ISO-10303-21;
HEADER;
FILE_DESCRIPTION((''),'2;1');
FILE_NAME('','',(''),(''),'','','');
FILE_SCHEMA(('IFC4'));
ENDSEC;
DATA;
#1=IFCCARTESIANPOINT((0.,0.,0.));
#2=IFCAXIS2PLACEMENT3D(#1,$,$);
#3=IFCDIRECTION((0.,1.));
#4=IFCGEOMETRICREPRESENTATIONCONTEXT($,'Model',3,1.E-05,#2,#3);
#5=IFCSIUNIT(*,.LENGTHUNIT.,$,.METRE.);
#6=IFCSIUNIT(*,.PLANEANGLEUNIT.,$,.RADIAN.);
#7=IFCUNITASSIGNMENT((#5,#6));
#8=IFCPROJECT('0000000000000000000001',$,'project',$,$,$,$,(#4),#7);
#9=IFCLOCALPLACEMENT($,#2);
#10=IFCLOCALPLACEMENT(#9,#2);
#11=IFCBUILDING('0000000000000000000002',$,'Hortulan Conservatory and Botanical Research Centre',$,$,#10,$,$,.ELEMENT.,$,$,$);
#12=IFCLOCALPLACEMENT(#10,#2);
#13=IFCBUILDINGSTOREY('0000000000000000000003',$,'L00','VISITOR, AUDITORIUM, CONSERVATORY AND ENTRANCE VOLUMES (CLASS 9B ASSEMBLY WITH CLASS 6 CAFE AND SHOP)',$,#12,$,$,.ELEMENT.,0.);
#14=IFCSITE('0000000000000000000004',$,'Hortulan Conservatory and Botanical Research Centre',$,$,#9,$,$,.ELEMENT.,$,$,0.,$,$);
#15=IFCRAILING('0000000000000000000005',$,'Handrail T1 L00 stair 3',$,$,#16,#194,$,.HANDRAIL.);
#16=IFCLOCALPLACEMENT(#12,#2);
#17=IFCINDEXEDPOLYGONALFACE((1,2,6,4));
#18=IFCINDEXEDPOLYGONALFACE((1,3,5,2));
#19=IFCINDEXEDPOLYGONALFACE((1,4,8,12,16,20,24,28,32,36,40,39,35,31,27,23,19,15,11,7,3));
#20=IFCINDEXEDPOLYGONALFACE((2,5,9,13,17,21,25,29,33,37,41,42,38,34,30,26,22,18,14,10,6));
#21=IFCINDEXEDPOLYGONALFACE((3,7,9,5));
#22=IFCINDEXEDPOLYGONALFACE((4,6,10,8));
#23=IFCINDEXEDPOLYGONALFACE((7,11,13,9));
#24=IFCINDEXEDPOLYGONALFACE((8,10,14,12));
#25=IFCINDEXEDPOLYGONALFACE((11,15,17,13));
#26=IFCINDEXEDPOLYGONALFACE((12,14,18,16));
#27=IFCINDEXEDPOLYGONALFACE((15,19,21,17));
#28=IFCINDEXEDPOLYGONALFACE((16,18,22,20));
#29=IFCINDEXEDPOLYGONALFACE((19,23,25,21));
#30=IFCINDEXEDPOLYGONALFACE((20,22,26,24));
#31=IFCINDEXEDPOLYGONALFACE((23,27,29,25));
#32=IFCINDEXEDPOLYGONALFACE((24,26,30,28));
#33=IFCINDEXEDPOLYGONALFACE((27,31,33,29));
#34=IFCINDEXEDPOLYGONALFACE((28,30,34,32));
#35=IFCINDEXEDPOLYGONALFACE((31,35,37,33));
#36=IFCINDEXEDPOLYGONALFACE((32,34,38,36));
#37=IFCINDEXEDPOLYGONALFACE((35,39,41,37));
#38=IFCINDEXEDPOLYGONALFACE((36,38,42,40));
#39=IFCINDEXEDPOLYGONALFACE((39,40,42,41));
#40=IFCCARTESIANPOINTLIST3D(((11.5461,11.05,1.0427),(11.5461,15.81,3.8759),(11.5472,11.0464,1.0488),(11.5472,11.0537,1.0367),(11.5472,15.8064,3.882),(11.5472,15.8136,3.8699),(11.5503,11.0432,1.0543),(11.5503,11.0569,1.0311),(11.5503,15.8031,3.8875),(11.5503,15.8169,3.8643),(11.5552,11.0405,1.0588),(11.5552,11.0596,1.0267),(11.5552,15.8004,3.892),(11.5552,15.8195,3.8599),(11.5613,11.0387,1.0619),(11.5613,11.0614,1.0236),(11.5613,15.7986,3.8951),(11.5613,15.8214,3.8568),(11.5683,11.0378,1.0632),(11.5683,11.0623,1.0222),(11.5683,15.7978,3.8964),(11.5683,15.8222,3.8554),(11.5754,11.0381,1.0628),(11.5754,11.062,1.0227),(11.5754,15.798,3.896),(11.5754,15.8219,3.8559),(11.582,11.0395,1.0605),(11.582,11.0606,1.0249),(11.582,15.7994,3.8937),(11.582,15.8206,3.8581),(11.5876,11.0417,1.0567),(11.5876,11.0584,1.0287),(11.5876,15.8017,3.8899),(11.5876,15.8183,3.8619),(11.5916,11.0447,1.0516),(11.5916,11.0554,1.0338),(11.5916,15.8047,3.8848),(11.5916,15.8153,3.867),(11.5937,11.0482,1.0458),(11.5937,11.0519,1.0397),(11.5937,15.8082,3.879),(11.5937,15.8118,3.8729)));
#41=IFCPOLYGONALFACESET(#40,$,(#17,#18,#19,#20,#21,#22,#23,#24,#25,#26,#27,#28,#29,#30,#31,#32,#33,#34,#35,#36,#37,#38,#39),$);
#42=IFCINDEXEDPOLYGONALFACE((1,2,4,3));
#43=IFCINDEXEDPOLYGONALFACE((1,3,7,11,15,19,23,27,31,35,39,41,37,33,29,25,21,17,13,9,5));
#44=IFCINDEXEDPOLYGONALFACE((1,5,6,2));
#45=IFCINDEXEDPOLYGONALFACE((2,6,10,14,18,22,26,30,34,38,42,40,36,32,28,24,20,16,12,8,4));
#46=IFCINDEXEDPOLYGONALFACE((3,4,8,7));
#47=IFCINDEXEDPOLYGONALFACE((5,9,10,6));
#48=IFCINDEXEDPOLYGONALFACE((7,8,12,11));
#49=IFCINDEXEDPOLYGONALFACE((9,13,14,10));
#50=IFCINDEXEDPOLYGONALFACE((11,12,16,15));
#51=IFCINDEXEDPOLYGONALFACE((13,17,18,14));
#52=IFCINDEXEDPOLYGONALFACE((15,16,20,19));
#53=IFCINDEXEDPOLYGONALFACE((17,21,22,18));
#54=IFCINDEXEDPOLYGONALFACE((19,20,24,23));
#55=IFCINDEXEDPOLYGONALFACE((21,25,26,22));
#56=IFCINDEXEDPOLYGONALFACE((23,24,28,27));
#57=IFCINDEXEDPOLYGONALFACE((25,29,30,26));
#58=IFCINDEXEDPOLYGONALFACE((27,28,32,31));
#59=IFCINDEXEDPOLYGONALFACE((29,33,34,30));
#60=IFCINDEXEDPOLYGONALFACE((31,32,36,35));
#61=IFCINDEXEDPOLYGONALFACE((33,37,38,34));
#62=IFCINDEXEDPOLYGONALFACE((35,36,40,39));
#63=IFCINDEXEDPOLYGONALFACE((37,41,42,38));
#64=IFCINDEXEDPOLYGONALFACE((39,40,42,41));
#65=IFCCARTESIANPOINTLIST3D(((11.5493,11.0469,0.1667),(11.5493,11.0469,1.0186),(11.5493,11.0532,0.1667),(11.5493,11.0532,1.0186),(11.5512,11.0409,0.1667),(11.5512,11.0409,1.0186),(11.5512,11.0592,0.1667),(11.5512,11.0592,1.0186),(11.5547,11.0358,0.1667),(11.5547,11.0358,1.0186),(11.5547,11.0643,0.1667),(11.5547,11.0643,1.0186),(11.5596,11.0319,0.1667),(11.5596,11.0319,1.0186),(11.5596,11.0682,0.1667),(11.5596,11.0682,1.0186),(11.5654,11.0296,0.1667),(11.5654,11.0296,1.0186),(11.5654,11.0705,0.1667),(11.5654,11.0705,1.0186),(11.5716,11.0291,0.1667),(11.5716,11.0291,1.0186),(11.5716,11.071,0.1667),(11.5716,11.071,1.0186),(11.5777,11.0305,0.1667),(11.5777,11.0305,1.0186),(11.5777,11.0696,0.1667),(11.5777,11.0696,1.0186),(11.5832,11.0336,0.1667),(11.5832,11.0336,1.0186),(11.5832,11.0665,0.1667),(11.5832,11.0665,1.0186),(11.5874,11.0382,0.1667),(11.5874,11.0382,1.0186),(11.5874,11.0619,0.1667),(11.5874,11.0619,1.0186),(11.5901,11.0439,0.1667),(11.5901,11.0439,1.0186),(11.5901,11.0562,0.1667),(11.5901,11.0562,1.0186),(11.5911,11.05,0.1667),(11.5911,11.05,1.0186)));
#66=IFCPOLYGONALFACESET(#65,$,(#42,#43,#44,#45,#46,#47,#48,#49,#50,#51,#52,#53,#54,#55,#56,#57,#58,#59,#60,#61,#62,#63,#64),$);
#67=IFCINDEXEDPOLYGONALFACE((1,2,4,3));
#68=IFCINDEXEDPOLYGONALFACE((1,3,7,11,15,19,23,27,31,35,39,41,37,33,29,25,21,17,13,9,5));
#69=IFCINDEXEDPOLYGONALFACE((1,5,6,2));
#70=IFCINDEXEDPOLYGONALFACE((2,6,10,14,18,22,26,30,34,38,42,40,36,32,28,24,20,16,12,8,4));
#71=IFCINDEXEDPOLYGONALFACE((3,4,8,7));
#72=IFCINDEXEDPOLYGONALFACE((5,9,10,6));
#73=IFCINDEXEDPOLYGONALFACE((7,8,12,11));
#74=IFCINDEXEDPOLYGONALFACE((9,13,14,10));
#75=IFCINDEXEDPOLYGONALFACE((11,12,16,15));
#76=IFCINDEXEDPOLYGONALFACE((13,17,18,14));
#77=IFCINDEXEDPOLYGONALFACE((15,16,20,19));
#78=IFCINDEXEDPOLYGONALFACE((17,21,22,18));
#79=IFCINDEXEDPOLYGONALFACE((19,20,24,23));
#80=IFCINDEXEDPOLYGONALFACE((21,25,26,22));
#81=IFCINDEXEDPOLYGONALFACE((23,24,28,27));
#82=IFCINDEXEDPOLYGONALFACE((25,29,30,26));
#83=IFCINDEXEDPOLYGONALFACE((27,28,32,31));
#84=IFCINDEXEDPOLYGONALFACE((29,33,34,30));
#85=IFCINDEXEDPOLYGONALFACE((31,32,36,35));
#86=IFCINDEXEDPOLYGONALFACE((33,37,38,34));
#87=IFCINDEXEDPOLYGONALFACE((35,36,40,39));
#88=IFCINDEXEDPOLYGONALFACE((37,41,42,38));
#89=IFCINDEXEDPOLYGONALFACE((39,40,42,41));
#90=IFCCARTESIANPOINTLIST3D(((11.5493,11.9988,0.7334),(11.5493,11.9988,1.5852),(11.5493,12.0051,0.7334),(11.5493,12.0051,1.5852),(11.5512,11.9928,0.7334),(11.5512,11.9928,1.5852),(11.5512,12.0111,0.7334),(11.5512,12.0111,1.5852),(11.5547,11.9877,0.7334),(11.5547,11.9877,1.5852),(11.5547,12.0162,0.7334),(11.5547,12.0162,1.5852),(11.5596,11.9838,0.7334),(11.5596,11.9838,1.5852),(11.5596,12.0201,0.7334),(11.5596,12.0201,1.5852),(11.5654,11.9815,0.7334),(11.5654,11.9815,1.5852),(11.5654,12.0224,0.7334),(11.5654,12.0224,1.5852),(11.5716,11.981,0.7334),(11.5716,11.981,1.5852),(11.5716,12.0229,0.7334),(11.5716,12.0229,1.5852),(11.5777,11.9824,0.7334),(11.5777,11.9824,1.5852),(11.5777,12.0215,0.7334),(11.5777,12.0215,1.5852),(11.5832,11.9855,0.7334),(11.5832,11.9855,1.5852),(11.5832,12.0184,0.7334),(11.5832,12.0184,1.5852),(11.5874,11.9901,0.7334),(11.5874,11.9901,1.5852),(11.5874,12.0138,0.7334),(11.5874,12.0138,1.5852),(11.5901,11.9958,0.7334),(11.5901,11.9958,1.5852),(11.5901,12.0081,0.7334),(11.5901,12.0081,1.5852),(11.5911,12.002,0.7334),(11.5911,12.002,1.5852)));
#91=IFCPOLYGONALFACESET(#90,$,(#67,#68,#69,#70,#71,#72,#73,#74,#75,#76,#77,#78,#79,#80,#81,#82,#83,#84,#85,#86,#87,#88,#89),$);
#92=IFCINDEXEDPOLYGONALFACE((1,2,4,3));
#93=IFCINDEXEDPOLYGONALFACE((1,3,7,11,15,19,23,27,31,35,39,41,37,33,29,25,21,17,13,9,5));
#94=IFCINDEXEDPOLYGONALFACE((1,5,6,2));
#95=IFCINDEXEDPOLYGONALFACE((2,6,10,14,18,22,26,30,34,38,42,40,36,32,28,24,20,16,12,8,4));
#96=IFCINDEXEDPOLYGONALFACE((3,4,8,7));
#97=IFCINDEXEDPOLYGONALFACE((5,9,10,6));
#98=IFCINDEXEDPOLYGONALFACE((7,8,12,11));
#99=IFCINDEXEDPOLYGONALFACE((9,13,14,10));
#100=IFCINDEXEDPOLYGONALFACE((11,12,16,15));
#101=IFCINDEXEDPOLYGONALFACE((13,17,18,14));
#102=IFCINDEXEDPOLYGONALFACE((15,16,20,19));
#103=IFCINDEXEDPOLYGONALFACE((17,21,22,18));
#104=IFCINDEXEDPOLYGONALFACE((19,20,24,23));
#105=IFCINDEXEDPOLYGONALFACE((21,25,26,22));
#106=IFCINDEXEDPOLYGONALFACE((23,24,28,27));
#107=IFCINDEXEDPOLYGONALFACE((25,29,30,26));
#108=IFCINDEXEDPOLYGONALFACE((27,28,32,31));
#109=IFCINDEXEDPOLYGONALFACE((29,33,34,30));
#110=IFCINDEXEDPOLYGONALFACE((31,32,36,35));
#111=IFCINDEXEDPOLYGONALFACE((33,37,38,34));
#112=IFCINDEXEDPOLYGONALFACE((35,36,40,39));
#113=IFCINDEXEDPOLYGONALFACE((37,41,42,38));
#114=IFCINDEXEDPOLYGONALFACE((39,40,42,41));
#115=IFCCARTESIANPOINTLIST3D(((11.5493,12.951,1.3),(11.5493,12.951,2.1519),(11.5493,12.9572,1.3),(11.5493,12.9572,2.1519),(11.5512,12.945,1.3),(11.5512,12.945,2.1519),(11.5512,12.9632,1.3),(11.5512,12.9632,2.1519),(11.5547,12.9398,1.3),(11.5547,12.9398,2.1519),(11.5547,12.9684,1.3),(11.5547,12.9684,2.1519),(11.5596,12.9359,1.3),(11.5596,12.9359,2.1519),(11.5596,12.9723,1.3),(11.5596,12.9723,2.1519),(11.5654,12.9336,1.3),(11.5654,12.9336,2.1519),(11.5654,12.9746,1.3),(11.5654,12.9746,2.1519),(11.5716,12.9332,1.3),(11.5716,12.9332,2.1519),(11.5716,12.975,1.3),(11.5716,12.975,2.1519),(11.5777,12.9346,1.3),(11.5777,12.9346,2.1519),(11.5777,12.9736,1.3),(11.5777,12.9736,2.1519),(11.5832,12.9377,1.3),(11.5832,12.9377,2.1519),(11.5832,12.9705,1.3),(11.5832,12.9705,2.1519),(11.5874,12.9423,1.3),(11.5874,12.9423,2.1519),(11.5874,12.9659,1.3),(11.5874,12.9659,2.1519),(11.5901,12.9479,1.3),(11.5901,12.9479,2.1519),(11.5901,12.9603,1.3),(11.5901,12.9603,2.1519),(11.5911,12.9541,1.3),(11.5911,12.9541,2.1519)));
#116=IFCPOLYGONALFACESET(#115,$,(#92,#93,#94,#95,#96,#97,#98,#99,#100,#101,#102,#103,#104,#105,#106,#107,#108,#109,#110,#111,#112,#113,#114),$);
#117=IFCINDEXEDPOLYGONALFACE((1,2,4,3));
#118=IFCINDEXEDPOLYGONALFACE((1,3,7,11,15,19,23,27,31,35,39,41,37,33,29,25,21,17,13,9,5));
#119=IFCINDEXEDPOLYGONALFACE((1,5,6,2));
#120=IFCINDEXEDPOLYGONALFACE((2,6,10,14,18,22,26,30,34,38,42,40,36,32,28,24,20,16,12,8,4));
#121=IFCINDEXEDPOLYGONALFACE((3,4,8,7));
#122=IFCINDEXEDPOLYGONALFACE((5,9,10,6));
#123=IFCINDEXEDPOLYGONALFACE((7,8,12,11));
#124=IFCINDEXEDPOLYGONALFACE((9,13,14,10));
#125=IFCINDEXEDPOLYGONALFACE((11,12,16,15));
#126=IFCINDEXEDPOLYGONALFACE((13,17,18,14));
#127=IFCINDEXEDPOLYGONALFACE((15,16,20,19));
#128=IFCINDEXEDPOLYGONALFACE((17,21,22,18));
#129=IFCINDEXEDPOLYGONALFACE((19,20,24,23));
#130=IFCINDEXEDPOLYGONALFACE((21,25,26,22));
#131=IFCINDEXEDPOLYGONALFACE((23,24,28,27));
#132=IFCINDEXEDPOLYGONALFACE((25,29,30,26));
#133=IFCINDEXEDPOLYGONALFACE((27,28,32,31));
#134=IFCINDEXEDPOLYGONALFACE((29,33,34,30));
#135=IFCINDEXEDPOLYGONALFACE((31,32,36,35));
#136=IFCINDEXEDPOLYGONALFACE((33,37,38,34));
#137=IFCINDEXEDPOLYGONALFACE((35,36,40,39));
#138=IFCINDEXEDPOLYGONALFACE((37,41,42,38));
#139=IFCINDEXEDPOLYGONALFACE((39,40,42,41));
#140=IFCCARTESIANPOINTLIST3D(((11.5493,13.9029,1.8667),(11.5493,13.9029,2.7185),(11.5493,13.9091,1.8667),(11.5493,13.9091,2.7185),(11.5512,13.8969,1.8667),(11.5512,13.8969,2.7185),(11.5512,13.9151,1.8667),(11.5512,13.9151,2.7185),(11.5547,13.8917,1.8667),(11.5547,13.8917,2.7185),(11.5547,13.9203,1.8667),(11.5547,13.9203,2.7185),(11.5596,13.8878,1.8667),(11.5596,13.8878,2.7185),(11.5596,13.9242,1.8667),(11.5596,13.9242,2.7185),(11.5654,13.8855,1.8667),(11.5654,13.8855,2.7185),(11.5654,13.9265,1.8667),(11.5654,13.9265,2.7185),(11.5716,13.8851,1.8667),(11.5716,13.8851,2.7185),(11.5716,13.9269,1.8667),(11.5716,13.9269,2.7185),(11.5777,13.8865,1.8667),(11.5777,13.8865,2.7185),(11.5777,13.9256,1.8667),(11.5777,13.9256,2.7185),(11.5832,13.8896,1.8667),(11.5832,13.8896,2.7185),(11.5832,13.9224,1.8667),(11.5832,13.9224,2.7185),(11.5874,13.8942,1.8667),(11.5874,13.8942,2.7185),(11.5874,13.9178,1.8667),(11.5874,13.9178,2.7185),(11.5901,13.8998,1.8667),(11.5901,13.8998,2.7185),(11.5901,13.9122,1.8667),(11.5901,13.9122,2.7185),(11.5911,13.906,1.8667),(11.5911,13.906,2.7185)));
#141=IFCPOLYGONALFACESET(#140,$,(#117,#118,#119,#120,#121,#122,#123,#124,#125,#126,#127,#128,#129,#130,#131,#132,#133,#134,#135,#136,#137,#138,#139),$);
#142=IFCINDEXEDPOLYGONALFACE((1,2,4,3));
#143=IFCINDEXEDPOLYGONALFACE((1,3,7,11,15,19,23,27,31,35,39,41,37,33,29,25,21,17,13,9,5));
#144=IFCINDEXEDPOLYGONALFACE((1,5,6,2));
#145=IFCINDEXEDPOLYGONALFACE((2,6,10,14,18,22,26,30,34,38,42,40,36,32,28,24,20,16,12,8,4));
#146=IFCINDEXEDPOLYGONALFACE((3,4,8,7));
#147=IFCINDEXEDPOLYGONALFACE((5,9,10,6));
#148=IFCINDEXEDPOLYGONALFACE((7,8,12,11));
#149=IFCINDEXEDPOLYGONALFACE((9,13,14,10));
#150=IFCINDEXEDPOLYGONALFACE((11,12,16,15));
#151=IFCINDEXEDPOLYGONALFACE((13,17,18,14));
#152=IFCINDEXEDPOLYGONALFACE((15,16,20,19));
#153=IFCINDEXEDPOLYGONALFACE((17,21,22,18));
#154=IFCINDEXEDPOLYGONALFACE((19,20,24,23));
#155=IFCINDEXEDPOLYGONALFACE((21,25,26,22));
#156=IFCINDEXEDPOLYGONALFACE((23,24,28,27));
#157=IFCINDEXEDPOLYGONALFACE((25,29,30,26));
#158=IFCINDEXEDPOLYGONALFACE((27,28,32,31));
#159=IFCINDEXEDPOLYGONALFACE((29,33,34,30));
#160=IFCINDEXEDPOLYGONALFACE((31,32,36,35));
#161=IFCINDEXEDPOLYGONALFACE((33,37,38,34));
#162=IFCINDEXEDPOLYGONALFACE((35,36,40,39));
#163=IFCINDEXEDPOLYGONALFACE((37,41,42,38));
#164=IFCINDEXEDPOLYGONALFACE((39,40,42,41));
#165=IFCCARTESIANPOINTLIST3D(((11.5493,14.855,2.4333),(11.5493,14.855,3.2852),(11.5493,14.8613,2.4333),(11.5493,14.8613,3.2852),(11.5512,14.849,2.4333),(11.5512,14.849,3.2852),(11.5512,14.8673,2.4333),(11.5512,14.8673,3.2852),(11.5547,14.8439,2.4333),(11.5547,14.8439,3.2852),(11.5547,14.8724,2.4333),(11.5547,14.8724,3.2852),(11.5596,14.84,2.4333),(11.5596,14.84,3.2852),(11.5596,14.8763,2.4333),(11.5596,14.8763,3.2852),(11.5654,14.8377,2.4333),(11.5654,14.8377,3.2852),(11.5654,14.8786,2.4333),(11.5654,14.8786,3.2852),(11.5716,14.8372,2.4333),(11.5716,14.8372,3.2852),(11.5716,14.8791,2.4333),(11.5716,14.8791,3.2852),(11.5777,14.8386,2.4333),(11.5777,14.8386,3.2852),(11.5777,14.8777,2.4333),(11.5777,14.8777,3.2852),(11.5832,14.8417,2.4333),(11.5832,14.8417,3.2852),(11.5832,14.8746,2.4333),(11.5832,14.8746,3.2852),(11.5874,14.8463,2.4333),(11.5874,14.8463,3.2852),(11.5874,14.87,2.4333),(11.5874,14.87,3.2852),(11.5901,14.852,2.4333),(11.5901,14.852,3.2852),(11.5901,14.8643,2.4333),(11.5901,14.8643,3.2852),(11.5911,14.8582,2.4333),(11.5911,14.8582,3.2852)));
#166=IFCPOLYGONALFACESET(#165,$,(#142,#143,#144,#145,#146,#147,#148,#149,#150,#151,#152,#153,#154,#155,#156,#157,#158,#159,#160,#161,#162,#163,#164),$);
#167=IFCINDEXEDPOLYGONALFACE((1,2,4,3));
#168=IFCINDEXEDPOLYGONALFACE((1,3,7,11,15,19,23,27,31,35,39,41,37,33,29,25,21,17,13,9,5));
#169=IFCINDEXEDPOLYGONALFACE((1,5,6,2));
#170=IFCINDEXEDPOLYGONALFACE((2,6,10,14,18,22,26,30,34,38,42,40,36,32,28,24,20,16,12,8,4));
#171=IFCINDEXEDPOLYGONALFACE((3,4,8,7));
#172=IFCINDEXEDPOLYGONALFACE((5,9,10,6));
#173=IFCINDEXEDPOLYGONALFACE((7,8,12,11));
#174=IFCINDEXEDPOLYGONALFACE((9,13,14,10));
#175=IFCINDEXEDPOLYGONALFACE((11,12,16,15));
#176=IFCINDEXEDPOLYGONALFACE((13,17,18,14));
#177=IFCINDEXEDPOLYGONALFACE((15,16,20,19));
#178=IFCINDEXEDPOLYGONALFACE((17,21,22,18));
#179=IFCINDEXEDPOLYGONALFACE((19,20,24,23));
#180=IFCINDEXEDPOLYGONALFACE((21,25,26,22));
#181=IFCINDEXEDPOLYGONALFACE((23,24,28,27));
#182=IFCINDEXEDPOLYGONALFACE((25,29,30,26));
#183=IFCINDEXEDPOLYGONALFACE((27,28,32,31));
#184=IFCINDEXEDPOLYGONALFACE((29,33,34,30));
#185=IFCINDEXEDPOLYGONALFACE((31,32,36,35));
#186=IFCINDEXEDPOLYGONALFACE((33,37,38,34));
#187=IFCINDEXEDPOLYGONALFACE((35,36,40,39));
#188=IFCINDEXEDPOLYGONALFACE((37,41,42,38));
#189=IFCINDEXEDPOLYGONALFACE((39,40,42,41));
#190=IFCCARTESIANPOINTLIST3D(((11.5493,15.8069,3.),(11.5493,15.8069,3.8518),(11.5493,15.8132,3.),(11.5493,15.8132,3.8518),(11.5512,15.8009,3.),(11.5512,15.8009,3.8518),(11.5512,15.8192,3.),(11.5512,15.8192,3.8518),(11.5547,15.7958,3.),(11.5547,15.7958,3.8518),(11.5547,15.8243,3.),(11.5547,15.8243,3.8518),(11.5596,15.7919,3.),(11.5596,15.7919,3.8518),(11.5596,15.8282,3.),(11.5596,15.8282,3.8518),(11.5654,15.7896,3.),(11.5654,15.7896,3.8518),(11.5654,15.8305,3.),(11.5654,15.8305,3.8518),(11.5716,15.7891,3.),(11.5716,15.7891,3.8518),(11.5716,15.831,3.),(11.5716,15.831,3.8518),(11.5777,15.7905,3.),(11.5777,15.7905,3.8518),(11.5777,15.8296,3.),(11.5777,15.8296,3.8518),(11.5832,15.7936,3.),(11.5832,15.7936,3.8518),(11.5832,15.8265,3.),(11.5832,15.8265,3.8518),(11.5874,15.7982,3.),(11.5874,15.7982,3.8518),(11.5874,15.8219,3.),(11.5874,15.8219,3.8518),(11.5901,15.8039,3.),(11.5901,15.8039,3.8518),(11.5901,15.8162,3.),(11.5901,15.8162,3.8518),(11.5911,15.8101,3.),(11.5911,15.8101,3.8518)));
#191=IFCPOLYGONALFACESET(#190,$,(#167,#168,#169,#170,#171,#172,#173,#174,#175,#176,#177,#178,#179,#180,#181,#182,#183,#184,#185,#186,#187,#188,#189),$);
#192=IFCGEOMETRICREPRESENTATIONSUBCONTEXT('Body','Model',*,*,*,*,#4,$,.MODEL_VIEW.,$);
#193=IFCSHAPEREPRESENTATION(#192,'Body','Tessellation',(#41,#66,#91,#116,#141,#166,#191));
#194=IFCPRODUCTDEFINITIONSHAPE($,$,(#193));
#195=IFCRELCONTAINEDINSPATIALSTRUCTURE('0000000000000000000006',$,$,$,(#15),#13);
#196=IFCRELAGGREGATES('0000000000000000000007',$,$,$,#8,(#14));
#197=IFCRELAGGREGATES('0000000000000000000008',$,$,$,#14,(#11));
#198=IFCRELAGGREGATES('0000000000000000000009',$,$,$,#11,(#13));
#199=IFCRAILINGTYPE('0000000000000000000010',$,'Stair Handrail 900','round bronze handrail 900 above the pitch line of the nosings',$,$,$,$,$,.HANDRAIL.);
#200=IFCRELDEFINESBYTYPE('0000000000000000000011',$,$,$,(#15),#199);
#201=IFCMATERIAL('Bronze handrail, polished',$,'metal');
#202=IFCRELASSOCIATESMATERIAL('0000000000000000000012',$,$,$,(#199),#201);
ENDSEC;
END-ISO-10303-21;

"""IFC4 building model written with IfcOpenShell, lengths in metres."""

from ifc_helpers import new_model, si_unit, direction, frame, origin, origin_2d, place, context, subcontext, project, spatial, circle, extrude, material, type_object, element, save


model = new_model("IFC4")

# Units and contexts
model_context = context("Model", 3, precision=1e-05, world=origin(), true_north=direction((0.0, 1.0)))
body_context = subcontext(model_context, "Body", "Model", "MODEL_VIEW")
ifc_project = project(units=[si_unit("LENGTHUNIT", "METRE"), si_unit("PLANEANGLEUNIT", "RADIAN")], contexts=[model_context])

# Site, building, storey
site_placement = place(None, origin())
site = spatial("IfcSite", under=ifc_project, at=site_placement, Name="Hortulan Conservatory and Botanical Research Centre", CompositionType="ELEMENT", RefElevation=0.0)
building_placement = place(site_placement, origin())
building = spatial("IfcBuilding", under=site, at=building_placement, Name="Hortulan Conservatory and Botanical Research Centre", CompositionType="ELEMENT")
storey_placement = place(building_placement, origin())
storey = spatial("IfcBuildingStorey", under=building, at=storey_placement, Name="L00", Description="VISITOR, AUDITORIUM, CONSERVATORY AND ENTRANCE VOLUMES (CLASS 9B ASSEMBLY WITH CLASS 6 CAFE AND SHOP)", CompositionType="ELEMENT", Elevation=0.0)

# Railing
ifc_material_1 = material(Name="Bronze handrail, polished", Category="metal")
railing_type_1 = type_object("IfcRailingType", Name="Stair Handrail 900", Description="round bronze handrail 900 above the pitch line of the nosings", PredefinedType="HANDRAIL", material=ifc_material_1)
railing_1_placement = place(storey_placement, frame((11.5701, 11.05, 0.1667)))
element("IfcRailing", 1, at=railing_1_placement, inside=storey, type_object=railing_type_1, Name="Handrail T1 L00 stair 3", PredefinedType="HANDRAIL", context=body_context, shape_type="SweptSolid", body=[
    extrude(circle(Radius=0.0239, at=origin_2d()), frame((0.0, 0.0, 0.876), z_axis=(0.0, 0.8593, 0.511472), x_axis=(-1.0, 0.0, 0.0)), (0.0, 0.0, 1.0), 5.5393),
    extrude(circle(Radius=0.021, at=origin_2d()), origin(), (0.0, 0.0, 1.0), 0.8518),
    extrude(circle(Radius=0.021, at=origin_2d()), frame((0.0, 0.9519, 0.5667)), (0.0, 0.0, 1.0), 0.8518),
    extrude(circle(Radius=0.021, at=origin_2d()), frame((0.0, 1.9041, 1.1333)), (0.0, 0.0, 1.0), 0.8518),
    extrude(circle(Radius=0.021, at=origin_2d()), frame((0.0, 2.856, 1.7)), (0.0, 0.0, 1.0), 0.8518),
    extrude(circle(Radius=0.021, at=origin_2d()), frame((0.0, 3.8081, 2.2666)), (0.0, 0.0, 1.0), 0.8518),
    extrude(circle(Radius=0.021, at=origin_2d()), frame((0.0, 4.76, 2.8333)), (0.0, 0.0, 1.0), 0.8518),
])

save(model, "model.ifc")
